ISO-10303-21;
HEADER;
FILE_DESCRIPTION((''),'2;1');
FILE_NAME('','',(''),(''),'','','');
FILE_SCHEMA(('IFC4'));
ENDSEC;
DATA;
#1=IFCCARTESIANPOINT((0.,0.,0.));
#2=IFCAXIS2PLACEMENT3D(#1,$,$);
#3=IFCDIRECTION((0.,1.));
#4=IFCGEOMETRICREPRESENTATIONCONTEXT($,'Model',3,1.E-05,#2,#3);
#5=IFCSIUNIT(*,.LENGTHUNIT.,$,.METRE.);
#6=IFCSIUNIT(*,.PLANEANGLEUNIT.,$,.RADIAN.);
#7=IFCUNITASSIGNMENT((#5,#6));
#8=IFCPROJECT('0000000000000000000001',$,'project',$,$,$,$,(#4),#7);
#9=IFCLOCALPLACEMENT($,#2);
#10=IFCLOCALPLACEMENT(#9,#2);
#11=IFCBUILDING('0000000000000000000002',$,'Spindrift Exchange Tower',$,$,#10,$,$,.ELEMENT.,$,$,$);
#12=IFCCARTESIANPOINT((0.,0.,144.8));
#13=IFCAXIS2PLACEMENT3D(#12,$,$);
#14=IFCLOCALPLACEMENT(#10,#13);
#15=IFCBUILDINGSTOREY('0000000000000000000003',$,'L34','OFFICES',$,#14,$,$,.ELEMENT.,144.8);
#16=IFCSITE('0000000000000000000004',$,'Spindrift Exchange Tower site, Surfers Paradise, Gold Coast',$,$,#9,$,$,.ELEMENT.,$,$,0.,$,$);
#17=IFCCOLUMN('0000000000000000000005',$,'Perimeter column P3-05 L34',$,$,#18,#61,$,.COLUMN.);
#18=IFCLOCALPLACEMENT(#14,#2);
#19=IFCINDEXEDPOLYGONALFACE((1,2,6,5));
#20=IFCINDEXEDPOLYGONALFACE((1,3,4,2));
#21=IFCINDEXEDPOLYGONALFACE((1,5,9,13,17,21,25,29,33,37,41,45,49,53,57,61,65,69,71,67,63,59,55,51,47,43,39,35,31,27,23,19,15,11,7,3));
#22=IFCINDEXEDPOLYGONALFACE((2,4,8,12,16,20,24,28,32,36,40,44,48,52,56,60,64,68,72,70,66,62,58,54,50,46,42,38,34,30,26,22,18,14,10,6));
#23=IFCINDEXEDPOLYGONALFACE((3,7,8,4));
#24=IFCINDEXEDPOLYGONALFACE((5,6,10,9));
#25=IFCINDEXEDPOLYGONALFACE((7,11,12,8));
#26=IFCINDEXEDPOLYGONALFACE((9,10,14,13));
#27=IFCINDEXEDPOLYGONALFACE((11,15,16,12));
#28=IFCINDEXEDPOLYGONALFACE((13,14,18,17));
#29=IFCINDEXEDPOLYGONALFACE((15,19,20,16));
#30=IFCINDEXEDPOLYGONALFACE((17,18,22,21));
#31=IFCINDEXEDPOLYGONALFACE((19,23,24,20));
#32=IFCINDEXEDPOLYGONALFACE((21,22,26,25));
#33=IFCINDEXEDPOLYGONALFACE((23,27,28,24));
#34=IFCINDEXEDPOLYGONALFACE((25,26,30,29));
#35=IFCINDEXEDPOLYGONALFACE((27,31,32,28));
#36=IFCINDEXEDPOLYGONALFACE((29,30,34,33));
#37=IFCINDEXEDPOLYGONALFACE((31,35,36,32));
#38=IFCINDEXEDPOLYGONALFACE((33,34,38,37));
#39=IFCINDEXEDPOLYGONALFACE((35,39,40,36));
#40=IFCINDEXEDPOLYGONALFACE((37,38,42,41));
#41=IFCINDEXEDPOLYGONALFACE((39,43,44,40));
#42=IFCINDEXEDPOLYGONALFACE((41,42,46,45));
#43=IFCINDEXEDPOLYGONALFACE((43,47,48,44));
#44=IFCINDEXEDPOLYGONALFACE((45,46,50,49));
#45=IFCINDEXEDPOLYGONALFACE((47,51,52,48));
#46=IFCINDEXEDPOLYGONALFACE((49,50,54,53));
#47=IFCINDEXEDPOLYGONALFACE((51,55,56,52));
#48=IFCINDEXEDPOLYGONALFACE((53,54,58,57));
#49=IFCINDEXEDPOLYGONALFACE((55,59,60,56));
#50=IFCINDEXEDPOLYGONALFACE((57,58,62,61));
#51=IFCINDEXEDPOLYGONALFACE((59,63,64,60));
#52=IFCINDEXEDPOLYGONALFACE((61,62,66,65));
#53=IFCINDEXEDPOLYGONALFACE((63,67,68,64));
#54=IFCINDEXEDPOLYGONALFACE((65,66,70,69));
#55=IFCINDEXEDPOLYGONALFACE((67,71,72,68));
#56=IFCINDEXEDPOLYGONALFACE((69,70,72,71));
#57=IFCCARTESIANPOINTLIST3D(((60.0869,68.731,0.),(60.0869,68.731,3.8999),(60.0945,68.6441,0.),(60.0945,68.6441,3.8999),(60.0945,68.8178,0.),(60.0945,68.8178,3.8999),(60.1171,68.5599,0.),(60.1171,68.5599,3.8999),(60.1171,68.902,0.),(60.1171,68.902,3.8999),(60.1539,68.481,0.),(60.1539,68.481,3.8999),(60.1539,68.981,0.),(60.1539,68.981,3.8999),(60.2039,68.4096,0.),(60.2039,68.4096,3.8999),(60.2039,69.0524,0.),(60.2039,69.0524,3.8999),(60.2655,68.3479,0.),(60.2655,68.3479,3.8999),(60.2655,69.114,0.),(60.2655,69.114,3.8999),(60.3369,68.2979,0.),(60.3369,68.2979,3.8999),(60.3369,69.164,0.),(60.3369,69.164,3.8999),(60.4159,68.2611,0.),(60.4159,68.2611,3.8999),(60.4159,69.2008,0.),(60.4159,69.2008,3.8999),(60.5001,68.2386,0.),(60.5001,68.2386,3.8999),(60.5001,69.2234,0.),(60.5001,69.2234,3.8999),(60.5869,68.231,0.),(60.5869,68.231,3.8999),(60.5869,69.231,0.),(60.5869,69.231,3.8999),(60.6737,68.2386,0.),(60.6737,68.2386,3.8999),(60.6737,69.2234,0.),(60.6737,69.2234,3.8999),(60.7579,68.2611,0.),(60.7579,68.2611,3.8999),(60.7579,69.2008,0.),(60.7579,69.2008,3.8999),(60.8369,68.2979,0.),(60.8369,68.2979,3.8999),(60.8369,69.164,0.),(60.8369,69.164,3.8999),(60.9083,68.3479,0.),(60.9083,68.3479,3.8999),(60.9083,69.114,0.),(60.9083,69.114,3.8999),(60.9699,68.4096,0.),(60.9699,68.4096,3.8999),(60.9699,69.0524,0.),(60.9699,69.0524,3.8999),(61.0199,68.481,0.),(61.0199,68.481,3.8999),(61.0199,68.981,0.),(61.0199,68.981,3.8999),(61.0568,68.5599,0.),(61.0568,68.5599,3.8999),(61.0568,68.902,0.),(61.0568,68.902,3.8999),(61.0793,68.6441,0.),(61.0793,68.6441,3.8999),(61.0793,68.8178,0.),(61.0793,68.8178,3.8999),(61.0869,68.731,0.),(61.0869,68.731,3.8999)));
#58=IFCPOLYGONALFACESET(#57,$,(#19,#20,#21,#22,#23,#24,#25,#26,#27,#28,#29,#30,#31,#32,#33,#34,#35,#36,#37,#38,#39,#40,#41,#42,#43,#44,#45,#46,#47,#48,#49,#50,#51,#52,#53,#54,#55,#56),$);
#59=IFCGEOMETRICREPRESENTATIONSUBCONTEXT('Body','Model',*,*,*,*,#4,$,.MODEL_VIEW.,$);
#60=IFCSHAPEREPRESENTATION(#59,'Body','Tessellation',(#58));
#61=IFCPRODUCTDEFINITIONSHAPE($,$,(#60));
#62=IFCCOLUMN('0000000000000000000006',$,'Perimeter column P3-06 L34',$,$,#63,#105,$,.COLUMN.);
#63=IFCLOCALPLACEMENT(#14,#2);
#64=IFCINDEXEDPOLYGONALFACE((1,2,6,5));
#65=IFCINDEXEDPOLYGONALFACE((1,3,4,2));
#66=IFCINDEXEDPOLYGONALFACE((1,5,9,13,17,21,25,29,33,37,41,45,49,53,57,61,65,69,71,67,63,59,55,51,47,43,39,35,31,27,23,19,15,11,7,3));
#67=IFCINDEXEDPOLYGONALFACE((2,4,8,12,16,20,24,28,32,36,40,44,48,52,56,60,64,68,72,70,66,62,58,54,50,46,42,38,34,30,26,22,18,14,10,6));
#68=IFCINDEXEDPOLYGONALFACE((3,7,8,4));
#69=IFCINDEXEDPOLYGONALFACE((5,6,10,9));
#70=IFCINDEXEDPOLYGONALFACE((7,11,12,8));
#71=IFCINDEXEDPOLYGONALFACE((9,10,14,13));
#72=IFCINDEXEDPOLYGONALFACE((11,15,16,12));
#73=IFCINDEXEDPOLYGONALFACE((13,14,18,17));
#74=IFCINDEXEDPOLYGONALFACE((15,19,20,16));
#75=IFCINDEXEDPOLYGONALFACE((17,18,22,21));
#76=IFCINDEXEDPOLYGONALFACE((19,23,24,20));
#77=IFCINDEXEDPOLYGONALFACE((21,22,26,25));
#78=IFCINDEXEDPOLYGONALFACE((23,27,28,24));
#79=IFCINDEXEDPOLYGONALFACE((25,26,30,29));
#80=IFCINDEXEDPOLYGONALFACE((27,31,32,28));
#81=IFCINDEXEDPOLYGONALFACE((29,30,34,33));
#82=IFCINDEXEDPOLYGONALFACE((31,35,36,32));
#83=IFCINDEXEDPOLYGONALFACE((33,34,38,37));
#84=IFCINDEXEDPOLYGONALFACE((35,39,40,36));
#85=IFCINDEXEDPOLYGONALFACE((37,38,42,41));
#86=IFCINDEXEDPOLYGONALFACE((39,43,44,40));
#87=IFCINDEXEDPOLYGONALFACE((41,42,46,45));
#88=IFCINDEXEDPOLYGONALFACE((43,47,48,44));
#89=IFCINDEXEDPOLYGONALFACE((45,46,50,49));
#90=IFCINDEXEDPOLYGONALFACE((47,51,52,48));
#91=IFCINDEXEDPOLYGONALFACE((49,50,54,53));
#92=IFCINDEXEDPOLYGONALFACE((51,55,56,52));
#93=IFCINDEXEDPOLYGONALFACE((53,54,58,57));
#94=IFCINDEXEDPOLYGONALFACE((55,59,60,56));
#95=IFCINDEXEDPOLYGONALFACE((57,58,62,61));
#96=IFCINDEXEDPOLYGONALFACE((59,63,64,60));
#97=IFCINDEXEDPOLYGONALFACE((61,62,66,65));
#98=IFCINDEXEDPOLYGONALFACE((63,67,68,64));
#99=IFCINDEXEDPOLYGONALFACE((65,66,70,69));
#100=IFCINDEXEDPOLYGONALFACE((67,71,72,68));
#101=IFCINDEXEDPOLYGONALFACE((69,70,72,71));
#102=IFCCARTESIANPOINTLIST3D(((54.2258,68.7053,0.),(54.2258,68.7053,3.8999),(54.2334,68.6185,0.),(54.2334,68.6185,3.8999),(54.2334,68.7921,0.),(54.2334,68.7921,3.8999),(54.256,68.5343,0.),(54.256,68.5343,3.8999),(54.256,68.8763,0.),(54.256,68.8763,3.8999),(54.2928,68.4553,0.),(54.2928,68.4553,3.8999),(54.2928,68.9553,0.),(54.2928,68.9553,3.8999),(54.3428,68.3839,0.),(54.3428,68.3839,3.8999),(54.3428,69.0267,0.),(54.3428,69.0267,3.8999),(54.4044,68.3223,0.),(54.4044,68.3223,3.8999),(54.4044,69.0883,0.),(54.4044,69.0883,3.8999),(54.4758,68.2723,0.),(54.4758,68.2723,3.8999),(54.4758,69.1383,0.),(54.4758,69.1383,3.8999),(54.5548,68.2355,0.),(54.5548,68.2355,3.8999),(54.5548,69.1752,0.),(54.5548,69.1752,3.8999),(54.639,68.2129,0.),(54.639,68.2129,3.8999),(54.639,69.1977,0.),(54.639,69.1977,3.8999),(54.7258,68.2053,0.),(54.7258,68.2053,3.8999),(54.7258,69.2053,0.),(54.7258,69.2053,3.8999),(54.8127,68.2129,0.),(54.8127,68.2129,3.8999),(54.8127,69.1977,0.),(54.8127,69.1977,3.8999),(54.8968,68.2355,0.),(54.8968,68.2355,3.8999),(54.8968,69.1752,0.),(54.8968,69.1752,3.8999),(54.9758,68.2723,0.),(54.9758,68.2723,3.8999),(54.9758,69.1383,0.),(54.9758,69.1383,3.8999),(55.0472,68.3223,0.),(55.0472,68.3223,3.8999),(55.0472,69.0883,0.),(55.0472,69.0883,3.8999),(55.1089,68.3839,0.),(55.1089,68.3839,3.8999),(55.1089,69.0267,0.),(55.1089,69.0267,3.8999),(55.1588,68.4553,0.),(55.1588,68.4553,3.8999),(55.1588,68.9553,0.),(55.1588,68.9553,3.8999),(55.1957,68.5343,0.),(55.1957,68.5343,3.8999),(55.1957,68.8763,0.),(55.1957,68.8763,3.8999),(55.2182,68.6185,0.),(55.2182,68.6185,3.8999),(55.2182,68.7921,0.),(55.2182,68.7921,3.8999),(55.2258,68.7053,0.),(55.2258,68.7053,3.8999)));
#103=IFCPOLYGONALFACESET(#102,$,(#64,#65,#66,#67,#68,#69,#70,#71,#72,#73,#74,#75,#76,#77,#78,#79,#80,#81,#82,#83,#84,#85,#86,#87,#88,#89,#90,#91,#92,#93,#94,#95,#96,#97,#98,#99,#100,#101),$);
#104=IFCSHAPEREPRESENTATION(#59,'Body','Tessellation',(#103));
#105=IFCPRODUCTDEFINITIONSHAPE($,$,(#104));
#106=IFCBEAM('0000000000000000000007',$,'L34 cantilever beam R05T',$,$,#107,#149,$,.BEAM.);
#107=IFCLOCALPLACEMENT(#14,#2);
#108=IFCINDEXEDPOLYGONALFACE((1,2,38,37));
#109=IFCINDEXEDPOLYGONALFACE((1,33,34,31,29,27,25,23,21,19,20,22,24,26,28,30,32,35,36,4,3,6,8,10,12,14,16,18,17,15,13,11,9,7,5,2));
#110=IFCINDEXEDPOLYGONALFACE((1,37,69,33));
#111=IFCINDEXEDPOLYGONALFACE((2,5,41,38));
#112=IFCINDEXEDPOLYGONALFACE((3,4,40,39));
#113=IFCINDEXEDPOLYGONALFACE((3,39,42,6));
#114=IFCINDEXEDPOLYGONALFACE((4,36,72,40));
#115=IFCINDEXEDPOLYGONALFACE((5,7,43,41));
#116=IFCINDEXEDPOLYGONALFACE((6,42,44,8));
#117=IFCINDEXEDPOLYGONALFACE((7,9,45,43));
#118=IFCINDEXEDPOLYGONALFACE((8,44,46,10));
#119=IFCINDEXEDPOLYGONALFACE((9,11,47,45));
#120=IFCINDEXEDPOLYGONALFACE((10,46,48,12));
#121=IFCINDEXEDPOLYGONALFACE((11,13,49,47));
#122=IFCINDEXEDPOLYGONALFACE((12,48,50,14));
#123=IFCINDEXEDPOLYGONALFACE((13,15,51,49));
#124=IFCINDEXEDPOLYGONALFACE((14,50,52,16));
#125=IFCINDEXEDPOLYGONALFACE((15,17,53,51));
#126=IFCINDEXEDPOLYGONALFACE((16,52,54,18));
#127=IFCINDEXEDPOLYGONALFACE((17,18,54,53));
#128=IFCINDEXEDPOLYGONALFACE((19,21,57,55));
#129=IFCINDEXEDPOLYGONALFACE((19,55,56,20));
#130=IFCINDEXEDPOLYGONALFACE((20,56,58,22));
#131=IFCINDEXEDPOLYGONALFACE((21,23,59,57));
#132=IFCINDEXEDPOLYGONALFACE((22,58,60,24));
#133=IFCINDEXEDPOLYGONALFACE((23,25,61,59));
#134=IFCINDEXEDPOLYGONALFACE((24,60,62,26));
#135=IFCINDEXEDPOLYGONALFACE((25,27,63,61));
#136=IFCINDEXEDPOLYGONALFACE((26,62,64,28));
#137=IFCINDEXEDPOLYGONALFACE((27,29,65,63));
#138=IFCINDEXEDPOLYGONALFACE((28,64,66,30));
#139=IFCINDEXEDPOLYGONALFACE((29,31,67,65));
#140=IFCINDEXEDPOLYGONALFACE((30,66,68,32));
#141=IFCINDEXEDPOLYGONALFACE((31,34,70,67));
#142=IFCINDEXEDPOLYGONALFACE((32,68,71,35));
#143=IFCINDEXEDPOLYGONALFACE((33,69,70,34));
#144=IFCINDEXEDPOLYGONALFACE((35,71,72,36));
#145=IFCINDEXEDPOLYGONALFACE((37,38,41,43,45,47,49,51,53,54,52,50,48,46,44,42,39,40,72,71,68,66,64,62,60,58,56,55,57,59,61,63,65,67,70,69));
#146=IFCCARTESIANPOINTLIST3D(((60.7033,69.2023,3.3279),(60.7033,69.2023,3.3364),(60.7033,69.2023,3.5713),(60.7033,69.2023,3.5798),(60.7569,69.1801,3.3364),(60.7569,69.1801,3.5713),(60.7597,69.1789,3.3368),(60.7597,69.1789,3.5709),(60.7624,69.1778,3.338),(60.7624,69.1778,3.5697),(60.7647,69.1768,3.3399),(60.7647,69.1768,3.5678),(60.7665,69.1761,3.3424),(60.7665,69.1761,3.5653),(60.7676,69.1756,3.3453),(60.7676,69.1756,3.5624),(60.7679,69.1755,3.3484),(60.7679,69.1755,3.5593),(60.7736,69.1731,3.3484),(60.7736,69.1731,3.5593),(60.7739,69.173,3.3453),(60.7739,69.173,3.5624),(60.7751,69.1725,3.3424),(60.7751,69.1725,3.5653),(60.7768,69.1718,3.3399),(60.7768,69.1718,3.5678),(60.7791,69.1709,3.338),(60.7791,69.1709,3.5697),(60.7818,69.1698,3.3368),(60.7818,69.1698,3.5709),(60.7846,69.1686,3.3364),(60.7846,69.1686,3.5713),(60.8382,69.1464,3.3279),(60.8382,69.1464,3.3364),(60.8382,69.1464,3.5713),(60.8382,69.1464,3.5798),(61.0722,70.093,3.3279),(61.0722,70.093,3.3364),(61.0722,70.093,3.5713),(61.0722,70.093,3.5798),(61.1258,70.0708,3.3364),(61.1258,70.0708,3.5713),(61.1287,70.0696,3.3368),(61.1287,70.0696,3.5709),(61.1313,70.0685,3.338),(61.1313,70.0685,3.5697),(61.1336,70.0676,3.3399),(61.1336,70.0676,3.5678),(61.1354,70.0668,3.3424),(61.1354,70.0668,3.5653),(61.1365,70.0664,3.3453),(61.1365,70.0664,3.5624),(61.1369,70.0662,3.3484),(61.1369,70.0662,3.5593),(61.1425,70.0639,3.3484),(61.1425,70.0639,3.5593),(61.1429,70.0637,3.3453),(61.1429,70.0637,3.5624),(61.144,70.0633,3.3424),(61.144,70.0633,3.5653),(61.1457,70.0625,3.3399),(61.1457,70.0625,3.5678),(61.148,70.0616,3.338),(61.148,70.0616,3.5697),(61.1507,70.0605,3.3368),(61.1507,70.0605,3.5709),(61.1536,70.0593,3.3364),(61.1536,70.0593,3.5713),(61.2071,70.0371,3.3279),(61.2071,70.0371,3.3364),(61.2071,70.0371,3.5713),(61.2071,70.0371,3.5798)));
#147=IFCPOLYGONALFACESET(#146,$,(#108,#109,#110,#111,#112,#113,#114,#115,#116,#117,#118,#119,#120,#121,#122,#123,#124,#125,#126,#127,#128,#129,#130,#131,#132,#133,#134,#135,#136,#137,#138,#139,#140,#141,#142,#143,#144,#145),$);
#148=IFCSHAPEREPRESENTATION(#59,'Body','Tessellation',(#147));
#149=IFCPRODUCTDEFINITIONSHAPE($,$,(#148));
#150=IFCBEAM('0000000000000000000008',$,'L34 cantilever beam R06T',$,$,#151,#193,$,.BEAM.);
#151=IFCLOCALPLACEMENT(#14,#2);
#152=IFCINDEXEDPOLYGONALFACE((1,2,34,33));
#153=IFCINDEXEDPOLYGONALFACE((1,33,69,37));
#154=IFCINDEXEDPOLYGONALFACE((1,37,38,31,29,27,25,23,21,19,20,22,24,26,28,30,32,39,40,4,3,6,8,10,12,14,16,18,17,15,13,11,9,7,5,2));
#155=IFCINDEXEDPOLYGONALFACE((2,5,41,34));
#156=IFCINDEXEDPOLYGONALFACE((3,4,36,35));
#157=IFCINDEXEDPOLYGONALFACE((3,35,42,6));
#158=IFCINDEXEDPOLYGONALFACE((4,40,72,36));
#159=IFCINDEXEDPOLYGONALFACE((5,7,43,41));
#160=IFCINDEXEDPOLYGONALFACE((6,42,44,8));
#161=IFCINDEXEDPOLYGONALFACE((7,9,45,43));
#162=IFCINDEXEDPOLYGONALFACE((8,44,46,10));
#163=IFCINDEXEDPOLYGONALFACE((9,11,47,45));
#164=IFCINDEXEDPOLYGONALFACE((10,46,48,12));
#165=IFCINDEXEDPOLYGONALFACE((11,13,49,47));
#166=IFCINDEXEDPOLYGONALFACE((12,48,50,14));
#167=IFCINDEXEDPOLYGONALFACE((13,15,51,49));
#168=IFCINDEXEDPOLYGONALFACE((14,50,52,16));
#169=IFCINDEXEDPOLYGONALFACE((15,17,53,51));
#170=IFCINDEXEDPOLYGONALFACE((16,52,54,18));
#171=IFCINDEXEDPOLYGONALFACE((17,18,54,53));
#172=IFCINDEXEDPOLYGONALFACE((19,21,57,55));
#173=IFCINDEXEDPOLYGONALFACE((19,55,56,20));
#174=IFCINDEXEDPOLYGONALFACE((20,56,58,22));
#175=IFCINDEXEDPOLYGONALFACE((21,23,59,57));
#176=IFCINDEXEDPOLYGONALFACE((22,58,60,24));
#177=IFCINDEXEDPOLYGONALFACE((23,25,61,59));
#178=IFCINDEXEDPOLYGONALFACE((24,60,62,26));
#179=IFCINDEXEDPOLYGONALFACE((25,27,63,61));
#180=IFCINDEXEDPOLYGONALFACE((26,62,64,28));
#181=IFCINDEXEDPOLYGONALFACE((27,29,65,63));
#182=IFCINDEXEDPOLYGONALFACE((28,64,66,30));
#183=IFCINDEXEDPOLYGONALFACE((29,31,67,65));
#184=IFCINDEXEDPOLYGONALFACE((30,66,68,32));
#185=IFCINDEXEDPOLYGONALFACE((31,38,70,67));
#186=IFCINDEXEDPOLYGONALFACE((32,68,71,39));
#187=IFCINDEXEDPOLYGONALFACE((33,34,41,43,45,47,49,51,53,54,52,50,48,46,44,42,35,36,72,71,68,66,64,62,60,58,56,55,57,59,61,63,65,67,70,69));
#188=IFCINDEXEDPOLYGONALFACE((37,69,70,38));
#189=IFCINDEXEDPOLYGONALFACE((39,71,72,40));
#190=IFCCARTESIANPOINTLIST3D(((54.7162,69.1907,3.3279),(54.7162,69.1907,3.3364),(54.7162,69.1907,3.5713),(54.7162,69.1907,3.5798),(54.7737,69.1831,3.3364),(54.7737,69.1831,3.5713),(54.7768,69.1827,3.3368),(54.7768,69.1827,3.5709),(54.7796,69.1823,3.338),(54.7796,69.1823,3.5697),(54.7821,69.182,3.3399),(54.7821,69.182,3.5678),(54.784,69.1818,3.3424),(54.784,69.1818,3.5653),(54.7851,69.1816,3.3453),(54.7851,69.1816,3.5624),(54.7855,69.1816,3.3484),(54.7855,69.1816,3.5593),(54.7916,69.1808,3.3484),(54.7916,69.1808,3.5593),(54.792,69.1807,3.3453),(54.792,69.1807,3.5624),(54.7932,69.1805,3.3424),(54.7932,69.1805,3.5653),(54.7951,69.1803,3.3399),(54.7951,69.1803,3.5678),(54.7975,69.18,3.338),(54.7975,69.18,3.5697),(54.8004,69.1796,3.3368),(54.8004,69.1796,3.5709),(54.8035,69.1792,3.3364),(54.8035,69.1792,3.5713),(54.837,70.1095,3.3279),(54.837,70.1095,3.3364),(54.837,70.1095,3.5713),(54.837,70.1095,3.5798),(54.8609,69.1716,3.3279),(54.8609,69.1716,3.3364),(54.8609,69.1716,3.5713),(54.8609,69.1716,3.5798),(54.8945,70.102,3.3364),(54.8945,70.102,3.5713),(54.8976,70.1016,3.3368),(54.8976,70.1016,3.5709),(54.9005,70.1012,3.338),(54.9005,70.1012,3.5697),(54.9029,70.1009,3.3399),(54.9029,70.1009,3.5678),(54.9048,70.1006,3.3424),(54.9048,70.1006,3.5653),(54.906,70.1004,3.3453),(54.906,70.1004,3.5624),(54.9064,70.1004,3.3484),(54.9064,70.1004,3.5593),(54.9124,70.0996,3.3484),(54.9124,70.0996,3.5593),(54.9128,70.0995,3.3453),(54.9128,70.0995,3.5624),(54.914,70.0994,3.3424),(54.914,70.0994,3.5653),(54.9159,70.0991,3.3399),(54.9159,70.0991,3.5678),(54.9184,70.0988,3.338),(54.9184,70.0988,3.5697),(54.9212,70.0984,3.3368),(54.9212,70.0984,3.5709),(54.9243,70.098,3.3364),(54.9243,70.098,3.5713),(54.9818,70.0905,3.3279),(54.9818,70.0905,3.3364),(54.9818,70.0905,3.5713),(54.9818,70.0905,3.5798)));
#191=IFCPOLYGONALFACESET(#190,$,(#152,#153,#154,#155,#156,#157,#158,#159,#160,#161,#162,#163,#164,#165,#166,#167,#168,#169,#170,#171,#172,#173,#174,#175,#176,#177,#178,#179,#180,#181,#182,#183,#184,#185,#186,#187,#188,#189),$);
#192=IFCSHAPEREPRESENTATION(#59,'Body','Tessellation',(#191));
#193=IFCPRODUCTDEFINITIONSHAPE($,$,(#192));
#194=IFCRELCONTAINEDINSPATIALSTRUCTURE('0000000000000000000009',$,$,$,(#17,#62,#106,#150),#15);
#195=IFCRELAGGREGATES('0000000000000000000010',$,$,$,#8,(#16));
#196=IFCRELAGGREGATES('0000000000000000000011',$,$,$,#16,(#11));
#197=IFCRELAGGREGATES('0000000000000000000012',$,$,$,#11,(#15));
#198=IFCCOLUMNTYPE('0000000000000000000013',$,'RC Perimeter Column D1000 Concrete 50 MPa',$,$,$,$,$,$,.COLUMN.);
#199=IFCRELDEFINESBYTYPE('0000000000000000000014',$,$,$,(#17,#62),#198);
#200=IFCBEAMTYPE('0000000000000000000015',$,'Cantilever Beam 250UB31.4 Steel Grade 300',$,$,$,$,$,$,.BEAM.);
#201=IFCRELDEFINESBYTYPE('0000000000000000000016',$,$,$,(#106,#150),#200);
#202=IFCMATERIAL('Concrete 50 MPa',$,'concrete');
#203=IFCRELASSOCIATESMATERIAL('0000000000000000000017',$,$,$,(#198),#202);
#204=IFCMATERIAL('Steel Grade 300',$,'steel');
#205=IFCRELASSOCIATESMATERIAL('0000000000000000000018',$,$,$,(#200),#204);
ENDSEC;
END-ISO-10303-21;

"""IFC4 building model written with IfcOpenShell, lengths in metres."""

from ifc_helpers import new_model, si_unit, direction, frame, origin, origin_2d, place, context, subcontext, project, spatial, circle, i_section, extrude, source, transform, mapped, material, material_profile, profile_set, type_object, element, save


model = new_model("IFC4")

# Units and contexts
model_context = context("Model", 3, precision=1e-05, world=origin(), true_north=direction((0.0, 1.0)))
body_context = subcontext(model_context, "Body", "Model", "MODEL_VIEW")
ifc_project = project(units=[si_unit("LENGTHUNIT", "METRE"), si_unit("PLANEANGLEUNIT", "RADIAN")], contexts=[model_context])

# Site, building, storey
site_placement = place(None, origin())
site = spatial("IfcSite", under=ifc_project, at=site_placement, Name="Spindrift Exchange Tower site, Surfers Paradise, Gold Coast", CompositionType="ELEMENT", RefElevation=0.0)
building_placement = place(site_placement, origin())
building = spatial("IfcBuilding", under=site, at=building_placement, Name="Spindrift Exchange Tower", CompositionType="ELEMENT")
storey_placement = place(building_placement, frame((0.0, 0.0, 144.8)))
storey = spatial("IfcBuildingStorey", under=building, at=storey_placement, Name="L34", Description="OFFICES", CompositionType="ELEMENT", Elevation=144.8)

# Columns
ifc_material_1 = material(Name="Concrete 50 MPa", Category="concrete")
ifc_material_profile_1 = material_profile(ifc_material_1, circle(Radius=0.5, at=origin_2d()), Name="RC D1000")
ifc_profile_set_1 = profile_set([ifc_material_profile_1], Name="Concrete 50 MPa")
column_type = type_object("IfcColumnType", Name="RC Perimeter Column D1000 Concrete 50 MPa", PredefinedType="COLUMN", material=ifc_profile_set_1)
shared_shape_1 = source(origin(), body_context, "Body", "SweptSolid", [
    extrude(circle(Radius=0.5, at=origin_2d()), origin(), (0.0, 0.0, 1.0), 3.8999),
])
for number, where, z_axis, x_axis, name in (
    (1, (60.5869, 68.731, 0.0), (0.0, 0.0, 1.0), (1.0, 0.0, 0.0), "Perimeter column P3-05 L34"),
    (2, (54.7258, 68.7053, 0.0), (0.0, 0.0, 1.0), (1.0, 0.0, 0.0), "Perimeter column P3-06 L34"),
):
    element("IfcColumn", number, at=place(storey_placement, frame(where, z_axis=z_axis, x_axis=x_axis)), inside=storey, type_object=column_type, Name=name, PredefinedType="COLUMN", context=body_context, shape_type="MappedRepresentation", body=[
        mapped(shared_shape_1, transform((0.0, 0.0, 0.0), scale=1.0)),
    ])

# Beams
ifc_material_2 = material(Name="Steel Grade 300", Category="steel")
ifc_material_profile_2 = material_profile(ifc_material_2, i_section(OverallWidth=0.146, OverallDepth=0.252, WebThickness=0.0061, FlangeThickness=0.0085, FilletRadius=0.012, at=origin_2d()), Name="250UB31.4")
ifc_profile_set_2 = profile_set([ifc_material_profile_2], Name="Steel Grade 300")
beam_type_1 = type_object("IfcBeamType", Name="Cantilever Beam 250UB31.4 Steel Grade 300", PredefinedType="BEAM", material=ifc_profile_set_2)
shared_shape_2 = source(origin(), body_context, "Body", "SweptSolid", [
    extrude(i_section(OverallWidth=0.146, OverallDepth=0.252, WebThickness=0.0061, FlangeThickness=0.0085, FilletRadius=0.012, at=origin_2d()), origin(), (0.0, 0.0, 1.0), 0.9641),
])
beam_1_placement = place(storey_placement, frame((60.7708, 69.1743, 3.4539), z_axis=(0.382672, 0.923884, 0.0), x_axis=(-0.923884, 0.382672, 0.0)))
element("IfcBeam", 3, at=beam_1_placement, inside=storey, type_object=beam_type_1, Name="L34 cantilever beam R05T", PredefinedType="BEAM", context=body_context, shape_type="MappedRepresentation", body=[
    mapped(shared_shape_2, transform((0.0, 0.0, 0.0), scale=1.0)),
])
shared_shape_3 = source(origin(), body_context, "Body", "SweptSolid", [
    extrude(i_section(OverallWidth=0.146, OverallDepth=0.252, WebThickness=0.0061, FlangeThickness=0.0085, FilletRadius=0.012, at=origin_2d()), origin(), (0.0, 0.0, 1.0), 0.9268),
])
beam_2_placement = place(storey_placement, frame((54.7886, 69.1812, 3.4539), z_axis=(0.130386, 0.991463, 0.0), x_axis=(-0.991463, 0.130386, 0.0)))
element("IfcBeam", 4, at=beam_2_placement, inside=storey, type_object=beam_type_1, Name="L34 cantilever beam R06T", PredefinedType="BEAM", context=body_context, shape_type="MappedRepresentation", body=[
    mapped(shared_shape_3, transform((0.0, 0.0, 0.0), scale=1.0)),
])

save(model, "model.ifc")
